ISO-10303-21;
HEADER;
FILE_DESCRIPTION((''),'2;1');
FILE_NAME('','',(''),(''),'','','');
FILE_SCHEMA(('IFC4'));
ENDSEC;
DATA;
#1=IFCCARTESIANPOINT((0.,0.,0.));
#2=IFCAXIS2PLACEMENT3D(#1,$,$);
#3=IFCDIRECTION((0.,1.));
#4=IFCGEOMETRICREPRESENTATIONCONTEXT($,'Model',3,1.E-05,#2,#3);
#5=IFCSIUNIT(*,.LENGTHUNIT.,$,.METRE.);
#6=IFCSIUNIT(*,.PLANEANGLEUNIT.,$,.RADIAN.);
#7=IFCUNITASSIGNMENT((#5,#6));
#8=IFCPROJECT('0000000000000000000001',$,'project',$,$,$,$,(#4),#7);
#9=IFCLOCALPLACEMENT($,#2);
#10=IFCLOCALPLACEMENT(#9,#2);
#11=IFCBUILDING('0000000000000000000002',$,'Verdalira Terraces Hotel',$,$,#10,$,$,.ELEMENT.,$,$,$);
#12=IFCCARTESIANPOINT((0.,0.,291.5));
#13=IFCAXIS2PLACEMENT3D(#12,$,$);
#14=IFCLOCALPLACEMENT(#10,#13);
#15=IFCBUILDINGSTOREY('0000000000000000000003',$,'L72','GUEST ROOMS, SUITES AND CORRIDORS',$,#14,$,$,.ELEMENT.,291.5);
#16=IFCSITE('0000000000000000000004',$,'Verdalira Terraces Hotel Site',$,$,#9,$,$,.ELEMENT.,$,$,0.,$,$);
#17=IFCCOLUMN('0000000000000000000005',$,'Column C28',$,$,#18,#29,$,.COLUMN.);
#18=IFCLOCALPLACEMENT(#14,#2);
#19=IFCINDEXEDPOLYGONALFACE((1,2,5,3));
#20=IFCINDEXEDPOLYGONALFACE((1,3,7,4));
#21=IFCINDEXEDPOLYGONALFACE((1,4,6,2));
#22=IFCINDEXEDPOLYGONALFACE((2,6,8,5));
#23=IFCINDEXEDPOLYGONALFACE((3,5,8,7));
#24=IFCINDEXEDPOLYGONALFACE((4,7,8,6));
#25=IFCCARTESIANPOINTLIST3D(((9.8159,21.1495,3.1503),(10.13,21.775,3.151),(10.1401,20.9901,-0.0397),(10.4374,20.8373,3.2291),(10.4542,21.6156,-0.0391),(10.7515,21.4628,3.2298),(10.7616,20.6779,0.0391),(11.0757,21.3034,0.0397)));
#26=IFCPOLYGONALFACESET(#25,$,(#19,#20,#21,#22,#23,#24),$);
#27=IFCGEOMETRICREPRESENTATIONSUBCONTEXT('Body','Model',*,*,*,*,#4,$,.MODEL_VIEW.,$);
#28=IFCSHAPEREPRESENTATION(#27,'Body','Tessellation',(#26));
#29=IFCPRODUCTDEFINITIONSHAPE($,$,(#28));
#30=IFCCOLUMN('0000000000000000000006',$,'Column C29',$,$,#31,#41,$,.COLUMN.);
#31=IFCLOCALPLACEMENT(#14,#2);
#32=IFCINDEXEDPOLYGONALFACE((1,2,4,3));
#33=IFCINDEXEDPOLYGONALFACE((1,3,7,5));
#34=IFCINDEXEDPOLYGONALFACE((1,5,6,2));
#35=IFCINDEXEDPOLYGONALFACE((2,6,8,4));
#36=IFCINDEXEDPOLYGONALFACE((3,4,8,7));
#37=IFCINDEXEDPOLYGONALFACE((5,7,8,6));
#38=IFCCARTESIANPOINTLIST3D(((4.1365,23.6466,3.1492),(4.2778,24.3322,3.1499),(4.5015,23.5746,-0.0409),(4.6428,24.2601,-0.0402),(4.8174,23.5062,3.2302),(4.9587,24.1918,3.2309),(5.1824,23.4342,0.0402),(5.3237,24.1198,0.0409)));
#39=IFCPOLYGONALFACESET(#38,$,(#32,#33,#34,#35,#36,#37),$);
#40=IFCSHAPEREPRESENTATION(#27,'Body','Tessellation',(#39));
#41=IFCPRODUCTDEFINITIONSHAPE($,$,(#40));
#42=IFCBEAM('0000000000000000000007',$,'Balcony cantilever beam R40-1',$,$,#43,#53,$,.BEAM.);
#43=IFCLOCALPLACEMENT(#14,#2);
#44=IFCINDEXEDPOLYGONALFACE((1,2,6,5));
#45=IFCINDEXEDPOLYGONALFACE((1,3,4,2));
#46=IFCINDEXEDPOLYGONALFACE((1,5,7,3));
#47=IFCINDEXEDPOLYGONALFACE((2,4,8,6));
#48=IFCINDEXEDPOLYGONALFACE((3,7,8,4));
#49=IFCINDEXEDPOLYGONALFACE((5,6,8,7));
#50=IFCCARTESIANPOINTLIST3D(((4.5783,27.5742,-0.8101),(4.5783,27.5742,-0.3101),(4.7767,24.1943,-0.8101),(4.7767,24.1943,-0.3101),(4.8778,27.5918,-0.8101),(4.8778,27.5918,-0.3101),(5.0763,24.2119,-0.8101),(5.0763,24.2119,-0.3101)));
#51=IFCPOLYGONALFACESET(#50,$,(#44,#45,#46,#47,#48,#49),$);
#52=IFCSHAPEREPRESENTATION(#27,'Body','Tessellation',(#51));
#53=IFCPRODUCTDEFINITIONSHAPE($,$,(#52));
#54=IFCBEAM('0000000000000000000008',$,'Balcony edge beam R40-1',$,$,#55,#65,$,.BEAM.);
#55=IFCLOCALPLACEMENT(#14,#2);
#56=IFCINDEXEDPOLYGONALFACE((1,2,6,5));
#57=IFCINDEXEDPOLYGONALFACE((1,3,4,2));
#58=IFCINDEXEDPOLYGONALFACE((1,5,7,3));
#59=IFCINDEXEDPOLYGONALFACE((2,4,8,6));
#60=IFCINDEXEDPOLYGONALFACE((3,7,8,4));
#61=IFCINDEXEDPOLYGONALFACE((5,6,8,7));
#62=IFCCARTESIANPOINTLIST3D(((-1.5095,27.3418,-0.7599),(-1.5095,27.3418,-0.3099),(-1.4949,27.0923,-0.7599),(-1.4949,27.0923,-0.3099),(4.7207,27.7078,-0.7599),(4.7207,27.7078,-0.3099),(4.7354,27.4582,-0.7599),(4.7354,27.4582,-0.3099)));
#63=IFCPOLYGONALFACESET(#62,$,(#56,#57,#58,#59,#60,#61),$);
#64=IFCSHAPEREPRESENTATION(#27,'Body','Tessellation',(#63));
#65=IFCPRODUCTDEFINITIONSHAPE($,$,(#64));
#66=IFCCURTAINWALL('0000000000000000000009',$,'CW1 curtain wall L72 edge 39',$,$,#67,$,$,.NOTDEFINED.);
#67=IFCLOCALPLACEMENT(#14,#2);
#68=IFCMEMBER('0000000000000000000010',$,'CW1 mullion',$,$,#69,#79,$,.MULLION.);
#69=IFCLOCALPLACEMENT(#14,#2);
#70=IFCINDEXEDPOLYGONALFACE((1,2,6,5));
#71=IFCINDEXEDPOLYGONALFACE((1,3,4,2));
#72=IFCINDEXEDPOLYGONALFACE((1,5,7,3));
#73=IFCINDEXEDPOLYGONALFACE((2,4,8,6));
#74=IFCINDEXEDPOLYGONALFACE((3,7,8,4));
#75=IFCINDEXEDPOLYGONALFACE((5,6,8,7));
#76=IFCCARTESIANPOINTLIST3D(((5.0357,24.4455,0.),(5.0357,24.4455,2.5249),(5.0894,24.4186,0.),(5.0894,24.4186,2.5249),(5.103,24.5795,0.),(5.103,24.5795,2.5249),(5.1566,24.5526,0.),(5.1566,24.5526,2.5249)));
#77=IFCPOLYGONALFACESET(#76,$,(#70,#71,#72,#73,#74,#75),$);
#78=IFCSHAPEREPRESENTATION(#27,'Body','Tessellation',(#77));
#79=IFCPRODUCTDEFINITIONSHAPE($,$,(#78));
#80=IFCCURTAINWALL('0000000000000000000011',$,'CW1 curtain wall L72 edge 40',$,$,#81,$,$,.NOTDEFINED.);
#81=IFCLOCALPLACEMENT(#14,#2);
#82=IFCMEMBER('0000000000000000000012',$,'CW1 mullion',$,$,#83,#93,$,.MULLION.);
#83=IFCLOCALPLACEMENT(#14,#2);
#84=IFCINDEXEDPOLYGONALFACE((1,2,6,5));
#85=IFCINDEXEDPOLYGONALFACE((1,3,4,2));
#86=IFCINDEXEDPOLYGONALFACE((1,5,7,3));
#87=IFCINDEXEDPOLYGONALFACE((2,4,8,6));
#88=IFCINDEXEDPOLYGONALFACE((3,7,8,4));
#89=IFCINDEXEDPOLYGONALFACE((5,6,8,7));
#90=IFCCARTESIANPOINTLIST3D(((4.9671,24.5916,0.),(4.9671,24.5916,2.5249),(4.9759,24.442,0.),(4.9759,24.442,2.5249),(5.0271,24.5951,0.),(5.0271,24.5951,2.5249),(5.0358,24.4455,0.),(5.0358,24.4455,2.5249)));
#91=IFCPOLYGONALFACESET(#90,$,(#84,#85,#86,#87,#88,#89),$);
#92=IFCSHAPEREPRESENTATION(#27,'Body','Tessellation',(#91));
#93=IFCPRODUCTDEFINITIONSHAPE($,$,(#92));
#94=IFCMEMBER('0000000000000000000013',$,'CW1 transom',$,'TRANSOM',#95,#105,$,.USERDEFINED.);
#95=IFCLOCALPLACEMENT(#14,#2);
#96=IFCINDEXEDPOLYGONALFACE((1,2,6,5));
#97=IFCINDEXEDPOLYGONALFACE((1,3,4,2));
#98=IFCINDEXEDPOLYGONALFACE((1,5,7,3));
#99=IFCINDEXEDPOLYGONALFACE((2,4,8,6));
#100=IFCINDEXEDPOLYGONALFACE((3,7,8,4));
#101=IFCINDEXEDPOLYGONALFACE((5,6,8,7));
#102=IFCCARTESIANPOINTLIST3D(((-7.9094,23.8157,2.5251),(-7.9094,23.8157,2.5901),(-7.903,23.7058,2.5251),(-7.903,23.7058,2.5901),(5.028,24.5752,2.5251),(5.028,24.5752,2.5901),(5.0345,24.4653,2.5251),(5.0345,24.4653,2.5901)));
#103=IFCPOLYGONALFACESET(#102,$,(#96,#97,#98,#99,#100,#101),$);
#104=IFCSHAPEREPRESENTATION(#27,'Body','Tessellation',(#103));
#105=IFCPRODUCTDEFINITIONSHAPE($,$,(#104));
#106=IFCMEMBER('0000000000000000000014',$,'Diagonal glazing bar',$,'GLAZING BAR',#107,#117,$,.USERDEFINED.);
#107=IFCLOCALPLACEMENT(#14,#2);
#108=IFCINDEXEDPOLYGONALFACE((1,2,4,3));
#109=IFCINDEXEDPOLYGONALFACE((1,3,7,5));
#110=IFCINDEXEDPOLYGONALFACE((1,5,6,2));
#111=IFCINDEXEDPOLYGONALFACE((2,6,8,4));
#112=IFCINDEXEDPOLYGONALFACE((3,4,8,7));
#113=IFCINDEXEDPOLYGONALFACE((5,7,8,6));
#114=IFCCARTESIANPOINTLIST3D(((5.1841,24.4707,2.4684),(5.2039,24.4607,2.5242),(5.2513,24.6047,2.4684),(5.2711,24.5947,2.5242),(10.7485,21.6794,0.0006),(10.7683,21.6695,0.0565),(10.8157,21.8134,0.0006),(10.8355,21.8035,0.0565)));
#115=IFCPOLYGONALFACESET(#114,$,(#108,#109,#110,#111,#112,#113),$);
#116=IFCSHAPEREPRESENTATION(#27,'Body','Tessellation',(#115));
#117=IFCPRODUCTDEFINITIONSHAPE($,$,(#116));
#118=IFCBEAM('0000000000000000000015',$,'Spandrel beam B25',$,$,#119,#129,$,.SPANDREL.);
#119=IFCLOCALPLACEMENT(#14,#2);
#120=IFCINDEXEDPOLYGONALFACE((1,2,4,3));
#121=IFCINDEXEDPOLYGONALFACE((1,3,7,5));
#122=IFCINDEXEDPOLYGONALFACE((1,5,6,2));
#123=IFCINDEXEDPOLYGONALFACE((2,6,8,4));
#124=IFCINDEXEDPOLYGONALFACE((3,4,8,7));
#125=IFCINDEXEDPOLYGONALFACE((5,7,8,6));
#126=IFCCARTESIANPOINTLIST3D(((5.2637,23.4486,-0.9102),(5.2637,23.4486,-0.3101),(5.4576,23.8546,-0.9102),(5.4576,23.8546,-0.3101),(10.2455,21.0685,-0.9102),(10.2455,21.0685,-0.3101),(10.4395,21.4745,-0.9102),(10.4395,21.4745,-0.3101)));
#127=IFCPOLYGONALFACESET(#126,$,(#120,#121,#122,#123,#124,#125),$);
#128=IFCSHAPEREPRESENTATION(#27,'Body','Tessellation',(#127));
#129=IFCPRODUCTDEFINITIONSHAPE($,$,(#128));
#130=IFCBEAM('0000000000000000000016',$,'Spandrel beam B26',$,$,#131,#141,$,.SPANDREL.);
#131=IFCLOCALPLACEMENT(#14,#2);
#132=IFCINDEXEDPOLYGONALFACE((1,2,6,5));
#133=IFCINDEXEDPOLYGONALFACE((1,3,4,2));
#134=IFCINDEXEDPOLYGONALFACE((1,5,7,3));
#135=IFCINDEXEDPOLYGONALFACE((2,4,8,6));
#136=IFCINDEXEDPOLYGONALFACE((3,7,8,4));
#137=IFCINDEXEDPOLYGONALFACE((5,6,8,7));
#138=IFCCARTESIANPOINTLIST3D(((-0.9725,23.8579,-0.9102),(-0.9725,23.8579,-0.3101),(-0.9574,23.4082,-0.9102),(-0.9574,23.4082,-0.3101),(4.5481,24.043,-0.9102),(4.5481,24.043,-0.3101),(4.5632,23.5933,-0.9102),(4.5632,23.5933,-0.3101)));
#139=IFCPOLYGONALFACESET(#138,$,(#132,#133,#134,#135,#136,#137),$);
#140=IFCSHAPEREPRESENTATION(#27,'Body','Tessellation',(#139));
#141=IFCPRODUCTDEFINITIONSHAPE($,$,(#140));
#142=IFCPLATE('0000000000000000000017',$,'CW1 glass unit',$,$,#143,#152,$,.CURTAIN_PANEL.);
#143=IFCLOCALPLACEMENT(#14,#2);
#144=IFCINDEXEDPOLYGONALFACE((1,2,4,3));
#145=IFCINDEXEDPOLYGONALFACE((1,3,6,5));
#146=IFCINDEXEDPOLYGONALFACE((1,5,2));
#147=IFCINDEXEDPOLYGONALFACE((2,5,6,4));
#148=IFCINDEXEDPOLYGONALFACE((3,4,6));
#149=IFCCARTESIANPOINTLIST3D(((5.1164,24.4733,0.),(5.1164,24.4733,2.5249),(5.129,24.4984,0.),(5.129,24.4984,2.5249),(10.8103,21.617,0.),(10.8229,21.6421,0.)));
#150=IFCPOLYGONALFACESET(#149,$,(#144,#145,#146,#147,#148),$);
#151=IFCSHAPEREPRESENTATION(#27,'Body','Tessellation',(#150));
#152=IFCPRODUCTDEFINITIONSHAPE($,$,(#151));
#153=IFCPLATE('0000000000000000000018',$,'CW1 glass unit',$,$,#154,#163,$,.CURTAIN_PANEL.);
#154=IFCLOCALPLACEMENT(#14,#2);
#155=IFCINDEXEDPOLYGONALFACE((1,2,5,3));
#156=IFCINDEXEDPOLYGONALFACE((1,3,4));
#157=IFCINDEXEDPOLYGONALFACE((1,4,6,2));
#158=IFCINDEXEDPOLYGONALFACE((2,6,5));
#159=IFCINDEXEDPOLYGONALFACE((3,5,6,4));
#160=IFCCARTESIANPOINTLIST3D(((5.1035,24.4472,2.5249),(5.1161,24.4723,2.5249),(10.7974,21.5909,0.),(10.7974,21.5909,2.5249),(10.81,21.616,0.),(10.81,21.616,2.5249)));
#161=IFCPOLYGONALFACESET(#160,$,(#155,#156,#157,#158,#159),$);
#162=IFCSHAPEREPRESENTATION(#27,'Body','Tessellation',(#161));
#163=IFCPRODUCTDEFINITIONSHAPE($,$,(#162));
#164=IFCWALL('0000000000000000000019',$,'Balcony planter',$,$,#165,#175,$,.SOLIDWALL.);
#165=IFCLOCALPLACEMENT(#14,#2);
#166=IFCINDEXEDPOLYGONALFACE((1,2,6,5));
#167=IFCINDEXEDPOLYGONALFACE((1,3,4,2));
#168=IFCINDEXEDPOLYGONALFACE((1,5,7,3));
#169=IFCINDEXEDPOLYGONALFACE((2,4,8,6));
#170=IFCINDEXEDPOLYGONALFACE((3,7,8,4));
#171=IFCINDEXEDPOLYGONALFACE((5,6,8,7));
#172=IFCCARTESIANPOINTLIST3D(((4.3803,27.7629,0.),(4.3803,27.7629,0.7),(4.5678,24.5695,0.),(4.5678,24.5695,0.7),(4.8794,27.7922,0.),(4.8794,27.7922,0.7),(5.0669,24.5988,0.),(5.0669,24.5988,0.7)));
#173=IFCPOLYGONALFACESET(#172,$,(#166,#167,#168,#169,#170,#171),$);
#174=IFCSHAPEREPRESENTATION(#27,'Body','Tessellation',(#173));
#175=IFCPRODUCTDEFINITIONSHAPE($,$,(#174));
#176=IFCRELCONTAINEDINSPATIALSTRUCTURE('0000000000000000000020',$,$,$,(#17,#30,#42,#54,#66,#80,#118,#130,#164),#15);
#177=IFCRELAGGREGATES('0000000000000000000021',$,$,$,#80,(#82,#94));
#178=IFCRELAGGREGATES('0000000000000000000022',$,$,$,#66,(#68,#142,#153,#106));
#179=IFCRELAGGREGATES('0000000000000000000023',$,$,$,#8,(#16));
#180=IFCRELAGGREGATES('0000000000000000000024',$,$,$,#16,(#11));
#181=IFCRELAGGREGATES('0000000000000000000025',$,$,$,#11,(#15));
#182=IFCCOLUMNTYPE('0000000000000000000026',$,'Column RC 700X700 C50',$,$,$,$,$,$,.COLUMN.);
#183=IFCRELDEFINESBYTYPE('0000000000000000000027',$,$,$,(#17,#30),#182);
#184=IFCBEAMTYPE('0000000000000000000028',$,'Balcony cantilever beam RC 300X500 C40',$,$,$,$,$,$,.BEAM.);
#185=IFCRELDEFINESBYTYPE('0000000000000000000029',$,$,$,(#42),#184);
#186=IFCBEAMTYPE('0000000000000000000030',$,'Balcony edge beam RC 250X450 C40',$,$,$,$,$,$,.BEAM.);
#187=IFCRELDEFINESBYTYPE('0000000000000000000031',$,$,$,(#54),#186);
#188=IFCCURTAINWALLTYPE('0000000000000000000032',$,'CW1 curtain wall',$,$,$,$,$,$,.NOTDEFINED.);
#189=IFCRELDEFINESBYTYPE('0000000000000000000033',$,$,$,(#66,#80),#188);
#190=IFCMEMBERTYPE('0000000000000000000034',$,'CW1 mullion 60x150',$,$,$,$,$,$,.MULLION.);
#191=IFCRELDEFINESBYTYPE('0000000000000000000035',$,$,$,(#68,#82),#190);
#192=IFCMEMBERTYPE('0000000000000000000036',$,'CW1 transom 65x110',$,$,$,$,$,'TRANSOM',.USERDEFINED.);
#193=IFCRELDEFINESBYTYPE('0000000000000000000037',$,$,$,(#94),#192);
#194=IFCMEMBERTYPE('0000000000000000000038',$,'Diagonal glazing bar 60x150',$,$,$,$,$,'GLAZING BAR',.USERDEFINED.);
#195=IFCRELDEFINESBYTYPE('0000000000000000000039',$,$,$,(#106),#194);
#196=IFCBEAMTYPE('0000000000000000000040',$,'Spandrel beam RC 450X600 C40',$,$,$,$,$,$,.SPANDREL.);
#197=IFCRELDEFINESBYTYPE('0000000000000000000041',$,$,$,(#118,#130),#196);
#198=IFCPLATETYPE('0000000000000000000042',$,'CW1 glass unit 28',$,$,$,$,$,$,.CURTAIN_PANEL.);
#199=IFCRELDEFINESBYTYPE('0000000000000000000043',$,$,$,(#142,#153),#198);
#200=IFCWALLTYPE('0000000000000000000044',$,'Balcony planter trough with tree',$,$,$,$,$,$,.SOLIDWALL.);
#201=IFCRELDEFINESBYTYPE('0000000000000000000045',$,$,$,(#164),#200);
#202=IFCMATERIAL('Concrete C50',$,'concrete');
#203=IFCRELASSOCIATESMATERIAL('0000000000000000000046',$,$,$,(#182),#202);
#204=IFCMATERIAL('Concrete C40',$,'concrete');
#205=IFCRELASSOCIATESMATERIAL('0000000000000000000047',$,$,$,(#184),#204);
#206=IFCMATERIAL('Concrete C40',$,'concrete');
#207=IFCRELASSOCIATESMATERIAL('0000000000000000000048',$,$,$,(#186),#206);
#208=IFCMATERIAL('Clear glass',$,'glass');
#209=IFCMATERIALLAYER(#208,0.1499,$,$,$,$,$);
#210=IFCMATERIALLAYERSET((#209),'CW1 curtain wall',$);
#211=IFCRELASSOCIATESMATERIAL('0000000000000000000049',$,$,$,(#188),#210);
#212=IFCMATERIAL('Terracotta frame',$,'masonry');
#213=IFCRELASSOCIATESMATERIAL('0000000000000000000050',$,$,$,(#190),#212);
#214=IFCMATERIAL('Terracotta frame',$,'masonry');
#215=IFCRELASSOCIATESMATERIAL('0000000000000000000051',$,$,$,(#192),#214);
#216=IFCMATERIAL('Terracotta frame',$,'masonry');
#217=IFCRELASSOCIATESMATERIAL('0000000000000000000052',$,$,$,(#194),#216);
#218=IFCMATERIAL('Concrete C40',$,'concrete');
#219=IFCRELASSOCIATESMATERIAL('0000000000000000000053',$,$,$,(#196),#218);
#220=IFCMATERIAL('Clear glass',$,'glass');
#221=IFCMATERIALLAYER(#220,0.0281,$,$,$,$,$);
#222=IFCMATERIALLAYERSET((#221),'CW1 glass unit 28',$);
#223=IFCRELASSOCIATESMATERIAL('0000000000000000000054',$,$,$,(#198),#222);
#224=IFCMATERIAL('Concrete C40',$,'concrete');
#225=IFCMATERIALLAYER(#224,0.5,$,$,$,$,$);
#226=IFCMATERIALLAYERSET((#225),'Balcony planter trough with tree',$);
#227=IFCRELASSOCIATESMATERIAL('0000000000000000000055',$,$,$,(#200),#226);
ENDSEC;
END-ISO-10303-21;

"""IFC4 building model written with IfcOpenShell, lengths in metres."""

from ifc_helpers import new_model, si_unit, direction, frame, frame_2d, origin, origin_2d, place, context, subcontext, project, spatial, polyline, rectangle, outline, extrude, material, layer, layer_set, material_profile, profile_set, type_object, element, aggregate, save


model = new_model("IFC4")

# Units and contexts
model_context = context("Model", 3, precision=1e-05, world=origin(), true_north=direction((0.0, 1.0)))
body_context = subcontext(model_context, "Body", "Model", "MODEL_VIEW")
ifc_project = project(units=[si_unit("LENGTHUNIT", "METRE"), si_unit("PLANEANGLEUNIT", "RADIAN")], contexts=[model_context])

# Site, building, storey
site_placement = place(None, origin())
site = spatial("IfcSite", under=ifc_project, at=site_placement, Name="Verdalira Terraces Hotel Site", CompositionType="ELEMENT", RefElevation=0.0)
building_placement = place(site_placement, origin())
building = spatial("IfcBuilding", under=site, at=building_placement, Name="Verdalira Terraces Hotel", CompositionType="ELEMENT")
storey_placement = place(building_placement, frame((0.0, 0.0, 291.5)))
storey = spatial("IfcBuildingStorey", under=building, at=storey_placement, Name="L72", Description="GUEST ROOMS, SUITES AND CORRIDORS", CompositionType="ELEMENT", Elevation=291.5)

# Columns
ifc_material_1 = material(Name="Concrete C50", Category="concrete")
ifc_material_profile_1 = material_profile(ifc_material_1, rectangle(XDim=0.7, YDim=0.7, at=origin_2d()), Name="RC 700X700")
ifc_profile_set_1 = profile_set([ifc_material_profile_1], Name="Concrete C50")
column_type = type_object("IfcColumnType", Name="Column RC 700X700 C50", PredefinedType="COLUMN", material=ifc_profile_set_1)
column_1_placement = place(storey_placement, frame((10.6079, 21.1467, 0.0), z_axis=(-0.100992, 0.04966, 0.993647), x_axis=(-0.887927, 0.446005, -0.112537)))
element("IfcColumn", 1, at=column_1_placement, inside=storey, type_object=column_type, Name="Column C28", PredefinedType="COLUMN", context=body_context, shape_type="SweptSolid", body=[
    extrude(rectangle(XDim=0.7, YDim=0.7, at=origin_2d()), origin(), (0.0, 0.0, 1.0), 3.2104),
])
column_2_placement = place(storey_placement, frame((4.9126, 23.8472, 0.0), z_axis=(-0.113649, 0.022426, 0.993268), x_axis=(0.97281, -0.200555, 0.115836)))
element("IfcColumn", 2, at=column_2_placement, inside=storey, type_object=column_type, Name="Column C29", PredefinedType="COLUMN", context=body_context, shape_type="SweptSolid", body=[
    extrude(rectangle(XDim=0.7, YDim=0.7, at=origin_2d()), origin(), (0.0, 0.0, 1.0), 3.2117),
])

# Beams
ifc_material_2 = material(Name="Concrete C40", Category="concrete")
ifc_material_profile_2 = material_profile(ifc_material_2, rectangle(XDim=0.3, YDim=0.5, at=origin_2d()), Name="RC 300X500")
ifc_profile_set_2 = profile_set([ifc_material_profile_2], Name="Concrete C40")
beam_type_1 = type_object("IfcBeamType", Name="Balcony cantilever beam RC 300X500 C40", PredefinedType="BEAM", material=ifc_profile_set_2)
beam_1_placement = place(storey_placement, frame((4.9265, 24.2031, -0.5601), z_axis=(-0.058625, 0.99828, 0.0), x_axis=(-0.99828, -0.058625, 0.0)))
element("IfcBeam", 3, at=beam_1_placement, inside=storey, type_object=beam_type_1, Name="Balcony cantilever beam R40-1", PredefinedType="BEAM", context=body_context, shape_type="SweptSolid", body=[
    extrude(rectangle(XDim=0.3, YDim=0.5, at=origin_2d()), origin(), (0.0, 0.0, 1.0), 3.3857),
])
ifc_material_3 = material(Name="Concrete C40", Category="concrete")
ifc_material_profile_3 = material_profile(ifc_material_3, rectangle(XDim=0.25, YDim=0.45, at=origin_2d()), Name="RC 250X450")
ifc_profile_set_3 = profile_set([ifc_material_profile_3], Name="Concrete C40")
beam_type_2 = type_object("IfcBeamType", Name="Balcony edge beam RC 250X450 C40", PredefinedType="BEAM", material=ifc_profile_set_3)
beam_2_placement = place(storey_placement, frame((4.728, 27.583, -0.5349), z_axis=(-0.998279, -0.058639, 0.0), x_axis=(0.058639, -0.998279, 0.0)))
element("IfcBeam", 4, at=beam_2_placement, inside=storey, type_object=beam_type_2, Name="Balcony edge beam R40-1", PredefinedType="BEAM", context=body_context, shape_type="SweptSolid", body=[
    extrude(rectangle(XDim=0.25, YDim=0.45, at=origin_2d()), origin(), (0.0, 0.0, 1.0), 6.241),
])

# Curtain wall, member
ifc_material_4 = material(Name="Clear glass", Category="glass")
ifc_layer_1 = layer(ifc_material_4, 0.1499)
ifc_layer_set_1 = layer_set([ifc_layer_1], Name="CW1 curtain wall")
curtain_wall_type = type_object("IfcCurtainWallType", Name="CW1 curtain wall", PredefinedType="NOTDEFINED", material=ifc_layer_set_1)
curtain_wall_1_placement = place(storey_placement, origin())
curtain_wall_1 = element("IfcCurtainWall", 5, at=curtain_wall_1_placement, inside=storey, type_object=curtain_wall_type, Name="CW1 curtain wall L72 edge 39", PredefinedType="NOTDEFINED")
ifc_material_5 = material(Name="Terracotta frame", Category="masonry")
ifc_material_profile_4 = material_profile(ifc_material_5, rectangle(XDim=0.0601, YDim=0.1499, at=origin_2d()), Name="MU 60x150")
ifc_profile_set_4 = profile_set([ifc_material_profile_4], Name="Terracotta frame")
member_type_1 = type_object("IfcMemberType", Name="CW1 mullion 60x150", PredefinedType="MULLION", material=ifc_profile_set_4)
member_1_placement = place(storey_placement, frame((5.0962, 24.499, 0.0), z_axis=(0.0, 0.0, 1.0), x_axis=(-0.893841, 0.448383, 0.0)))
member_1 = element("IfcMember", 6, at=member_1_placement, type_object=member_type_1, Name="CW1 mullion", PredefinedType="MULLION", context=body_context, shape_type="SweptSolid", body=[
    extrude(rectangle(XDim=0.0601, YDim=0.1499, at=origin_2d()), origin(), (0.0, 0.0, 1.0), 2.5249),
])

# Curtain wall, members
curtain_wall_2_placement = place(storey_placement, origin())
curtain_wall_2 = element("IfcCurtainWall", 7, at=curtain_wall_2_placement, inside=storey, type_object=curtain_wall_type, Name="CW1 curtain wall L72 edge 40", PredefinedType="NOTDEFINED")
member_2_placement = place(storey_placement, frame((5.0015, 24.5186, 0.0), z_axis=(0.0, 0.0, 1.0), x_axis=(-0.998281, -0.058609, 0.0)))
member_2 = element("IfcMember", 8, at=member_2_placement, type_object=member_type_1, Name="CW1 mullion", PredefinedType="MULLION", context=body_context, shape_type="SweptSolid", body=[
    extrude(rectangle(XDim=0.0601, YDim=0.1499, at=origin_2d()), origin(), (0.0, 0.0, 1.0), 2.5249),
])
ifc_material_6 = material(Name="Terracotta frame", Category="masonry")
ifc_material_profile_5 = material_profile(ifc_material_6, rectangle(XDim=0.1101, YDim=0.0649, at=origin_2d()), Name="TR 65x110")
ifc_profile_set_5 = profile_set([ifc_material_profile_5], Name="Terracotta frame")
member_type_2 = type_object("IfcMemberType", Name="CW1 transom 65x110", ElementType="TRANSOM", PredefinedType="USERDEFINED", material=ifc_profile_set_5)
member_3_placement = place(storey_placement, frame((5.0312, 24.5203, 2.5576), z_axis=(-0.998281, -0.058606, 0.0), x_axis=(0.058606, -0.998281, 0.0)))
member_3 = element("IfcMember", 9, at=member_3_placement, type_object=member_type_2, Name="CW1 transom", ObjectType="TRANSOM", PredefinedType="USERDEFINED", context=body_context, shape_type="SweptSolid", body=[
    extrude(rectangle(XDim=0.1101, YDim=0.0649, at=origin_2d()), origin(), (0.0, 0.0, 1.0), 12.9597),
])
aggregate(curtain_wall_2, [member_2, member_3])

# Member
ifc_material_7 = material(Name="Terracotta frame", Category="masonry")
ifc_material_profile_6 = material_profile(ifc_material_7, rectangle(XDim=0.1499, YDim=0.0601, at=origin_2d()), Name="GB 60x150")
ifc_profile_set_6 = profile_set([ifc_material_profile_6], Name="Terracotta frame")
member_type_3 = type_object("IfcMemberType", Name="Diagonal glazing bar 60x150", ElementType="GLAZING BAR", PredefinedType="USERDEFINED", material=ifc_profile_set_6)
member_4_placement = place(storey_placement, frame((10.792, 21.7415, 0.0286), z_axis=(-0.83094, 0.416819, 0.368513), x_axis=(-0.448374, -0.893846, 0.0)))
member_4 = element("IfcMember", 10, at=member_4_placement, type_object=member_type_3, Name="Diagonal glazing bar", ObjectType="GLAZING BAR", PredefinedType="USERDEFINED", context=body_context, shape_type="SweptSolid", body=[
    extrude(rectangle(XDim=0.1499, YDim=0.0601, at=origin_2d()), origin(), (0.0, 0.0, 1.0), 6.6965),
])

# Beams
ifc_material_8 = material(Name="Concrete C40", Category="concrete")
ifc_material_profile_7 = material_profile(ifc_material_8, rectangle(XDim=0.45, YDim=0.6001, at=origin_2d()), Name="RC 450X600")
ifc_profile_set_7 = profile_set([ifc_material_profile_7], Name="Concrete C40")
beam_type_3 = type_object("IfcBeamType", Name="Spandrel beam RC 450X600 C40", PredefinedType="SPANDREL", material=ifc_profile_set_7)
beam_3_placement = place(storey_placement, frame((10.3425, 21.2715, -0.6101), z_axis=(-0.902313, 0.431082, 0.0), x_axis=(-0.431082, -0.902313, 0.0)))
element("IfcBeam", 11, at=beam_3_placement, inside=storey, type_object=beam_type_3, Name="Spandrel beam B25", PredefinedType="SPANDREL", context=body_context, shape_type="SweptSolid", body=[
    extrude(rectangle(XDim=0.45, YDim=0.6001, at=origin_2d()), origin(), (0.0, 0.0, 1.0), 5.5212),
])
beam_4_placement = place(storey_placement, frame((4.5557, 23.8181, -0.6101), z_axis=(-0.999439, -0.033503, 0.0), x_axis=(0.033503, -0.999439, 0.0)))
element("IfcBeam", 12, at=beam_4_placement, inside=storey, type_object=beam_type_3, Name="Spandrel beam B26", PredefinedType="SPANDREL", context=body_context, shape_type="SweptSolid", body=[
    extrude(rectangle(XDim=0.45, YDim=0.6001, at=origin_2d()), origin(), (0.0, 0.0, 1.0), 5.5237),
])

# Plates
ifc_material_9 = material(Name="Clear glass", Category="glass")
ifc_layer_2 = layer(ifc_material_9, 0.0281)
ifc_layer_set_2 = layer_set([ifc_layer_2], Name="CW1 glass unit 28")
plate_type = type_object("IfcPlateType", Name="CW1 glass unit 28", PredefinedType="CURTAIN_PANEL", material=ifc_layer_set_2)
plate_1_placement = place(storey_placement, frame((7.9634, 23.0452, 1.2625), z_axis=(0.448383, 0.893841, 0.0), x_axis=(-0.893841, 0.448383, 0.0)))
plate_1 = element("IfcPlate", 13, at=plate_1_placement, type_object=plate_type, Name="CW1 glass unit", PredefinedType="CURTAIN_PANEL", context=body_context, shape_type="SweptSolid", body=[
    extrude(outline(polyline([(-3.1851, -1.2625), (3.1851, -1.2625), (3.1851, 1.2625), (-3.1851, -1.2625)])), origin(), (0.0, 0.0, 1.0), 0.0281),
])
plate_2_placement = place(storey_placement, frame((7.9504, 23.019, 1.2625), z_axis=(0.448383, 0.893841, 0.0), x_axis=(-0.893841, 0.448383, 0.0)))
plate_2 = element("IfcPlate", 14, at=plate_2_placement, type_object=plate_type, Name="CW1 glass unit", PredefinedType="CURTAIN_PANEL", context=body_context, shape_type="SweptSolid", body=[
    extrude(outline(polyline([(-3.1851, -1.2625), (3.1851, 1.2625), (-3.1851, 1.2625), (-3.1851, -1.2625)])), origin(), (0.0, 0.0, 1.0), 0.0281),
])
aggregate(curtain_wall_1, [member_1, plate_1, plate_2, member_4])

# Wall
ifc_material_10 = material(Name="Concrete C40", Category="concrete")
ifc_layer_3 = layer(ifc_material_10, 0.5)
ifc_layer_set_3 = layer_set([ifc_layer_3], Name="Balcony planter trough with tree")
wall_type_1 = type_object("IfcWallType", Name="Balcony planter trough with tree", PredefinedType="SOLIDWALL", material=ifc_layer_set_3)
wall_1_placement = place(storey_placement, frame((4.8174, 24.584, 0.0), z_axis=(0.0, 0.0, 1.0), x_axis=(-0.058615, 0.998281, 0.0)))
element("IfcWall", 15, at=wall_1_placement, inside=storey, type_object=wall_type_1, Name="Balcony planter", PredefinedType="SOLIDWALL", context=body_context, shape_type="SweptSolid", body=[
    extrude(rectangle(XDim=3.199, YDim=0.5, at=frame_2d((1.5996, 0.0))), origin(), (0.0, 0.0, 1.0), 0.7),
])

save(model, "model.ifc")
